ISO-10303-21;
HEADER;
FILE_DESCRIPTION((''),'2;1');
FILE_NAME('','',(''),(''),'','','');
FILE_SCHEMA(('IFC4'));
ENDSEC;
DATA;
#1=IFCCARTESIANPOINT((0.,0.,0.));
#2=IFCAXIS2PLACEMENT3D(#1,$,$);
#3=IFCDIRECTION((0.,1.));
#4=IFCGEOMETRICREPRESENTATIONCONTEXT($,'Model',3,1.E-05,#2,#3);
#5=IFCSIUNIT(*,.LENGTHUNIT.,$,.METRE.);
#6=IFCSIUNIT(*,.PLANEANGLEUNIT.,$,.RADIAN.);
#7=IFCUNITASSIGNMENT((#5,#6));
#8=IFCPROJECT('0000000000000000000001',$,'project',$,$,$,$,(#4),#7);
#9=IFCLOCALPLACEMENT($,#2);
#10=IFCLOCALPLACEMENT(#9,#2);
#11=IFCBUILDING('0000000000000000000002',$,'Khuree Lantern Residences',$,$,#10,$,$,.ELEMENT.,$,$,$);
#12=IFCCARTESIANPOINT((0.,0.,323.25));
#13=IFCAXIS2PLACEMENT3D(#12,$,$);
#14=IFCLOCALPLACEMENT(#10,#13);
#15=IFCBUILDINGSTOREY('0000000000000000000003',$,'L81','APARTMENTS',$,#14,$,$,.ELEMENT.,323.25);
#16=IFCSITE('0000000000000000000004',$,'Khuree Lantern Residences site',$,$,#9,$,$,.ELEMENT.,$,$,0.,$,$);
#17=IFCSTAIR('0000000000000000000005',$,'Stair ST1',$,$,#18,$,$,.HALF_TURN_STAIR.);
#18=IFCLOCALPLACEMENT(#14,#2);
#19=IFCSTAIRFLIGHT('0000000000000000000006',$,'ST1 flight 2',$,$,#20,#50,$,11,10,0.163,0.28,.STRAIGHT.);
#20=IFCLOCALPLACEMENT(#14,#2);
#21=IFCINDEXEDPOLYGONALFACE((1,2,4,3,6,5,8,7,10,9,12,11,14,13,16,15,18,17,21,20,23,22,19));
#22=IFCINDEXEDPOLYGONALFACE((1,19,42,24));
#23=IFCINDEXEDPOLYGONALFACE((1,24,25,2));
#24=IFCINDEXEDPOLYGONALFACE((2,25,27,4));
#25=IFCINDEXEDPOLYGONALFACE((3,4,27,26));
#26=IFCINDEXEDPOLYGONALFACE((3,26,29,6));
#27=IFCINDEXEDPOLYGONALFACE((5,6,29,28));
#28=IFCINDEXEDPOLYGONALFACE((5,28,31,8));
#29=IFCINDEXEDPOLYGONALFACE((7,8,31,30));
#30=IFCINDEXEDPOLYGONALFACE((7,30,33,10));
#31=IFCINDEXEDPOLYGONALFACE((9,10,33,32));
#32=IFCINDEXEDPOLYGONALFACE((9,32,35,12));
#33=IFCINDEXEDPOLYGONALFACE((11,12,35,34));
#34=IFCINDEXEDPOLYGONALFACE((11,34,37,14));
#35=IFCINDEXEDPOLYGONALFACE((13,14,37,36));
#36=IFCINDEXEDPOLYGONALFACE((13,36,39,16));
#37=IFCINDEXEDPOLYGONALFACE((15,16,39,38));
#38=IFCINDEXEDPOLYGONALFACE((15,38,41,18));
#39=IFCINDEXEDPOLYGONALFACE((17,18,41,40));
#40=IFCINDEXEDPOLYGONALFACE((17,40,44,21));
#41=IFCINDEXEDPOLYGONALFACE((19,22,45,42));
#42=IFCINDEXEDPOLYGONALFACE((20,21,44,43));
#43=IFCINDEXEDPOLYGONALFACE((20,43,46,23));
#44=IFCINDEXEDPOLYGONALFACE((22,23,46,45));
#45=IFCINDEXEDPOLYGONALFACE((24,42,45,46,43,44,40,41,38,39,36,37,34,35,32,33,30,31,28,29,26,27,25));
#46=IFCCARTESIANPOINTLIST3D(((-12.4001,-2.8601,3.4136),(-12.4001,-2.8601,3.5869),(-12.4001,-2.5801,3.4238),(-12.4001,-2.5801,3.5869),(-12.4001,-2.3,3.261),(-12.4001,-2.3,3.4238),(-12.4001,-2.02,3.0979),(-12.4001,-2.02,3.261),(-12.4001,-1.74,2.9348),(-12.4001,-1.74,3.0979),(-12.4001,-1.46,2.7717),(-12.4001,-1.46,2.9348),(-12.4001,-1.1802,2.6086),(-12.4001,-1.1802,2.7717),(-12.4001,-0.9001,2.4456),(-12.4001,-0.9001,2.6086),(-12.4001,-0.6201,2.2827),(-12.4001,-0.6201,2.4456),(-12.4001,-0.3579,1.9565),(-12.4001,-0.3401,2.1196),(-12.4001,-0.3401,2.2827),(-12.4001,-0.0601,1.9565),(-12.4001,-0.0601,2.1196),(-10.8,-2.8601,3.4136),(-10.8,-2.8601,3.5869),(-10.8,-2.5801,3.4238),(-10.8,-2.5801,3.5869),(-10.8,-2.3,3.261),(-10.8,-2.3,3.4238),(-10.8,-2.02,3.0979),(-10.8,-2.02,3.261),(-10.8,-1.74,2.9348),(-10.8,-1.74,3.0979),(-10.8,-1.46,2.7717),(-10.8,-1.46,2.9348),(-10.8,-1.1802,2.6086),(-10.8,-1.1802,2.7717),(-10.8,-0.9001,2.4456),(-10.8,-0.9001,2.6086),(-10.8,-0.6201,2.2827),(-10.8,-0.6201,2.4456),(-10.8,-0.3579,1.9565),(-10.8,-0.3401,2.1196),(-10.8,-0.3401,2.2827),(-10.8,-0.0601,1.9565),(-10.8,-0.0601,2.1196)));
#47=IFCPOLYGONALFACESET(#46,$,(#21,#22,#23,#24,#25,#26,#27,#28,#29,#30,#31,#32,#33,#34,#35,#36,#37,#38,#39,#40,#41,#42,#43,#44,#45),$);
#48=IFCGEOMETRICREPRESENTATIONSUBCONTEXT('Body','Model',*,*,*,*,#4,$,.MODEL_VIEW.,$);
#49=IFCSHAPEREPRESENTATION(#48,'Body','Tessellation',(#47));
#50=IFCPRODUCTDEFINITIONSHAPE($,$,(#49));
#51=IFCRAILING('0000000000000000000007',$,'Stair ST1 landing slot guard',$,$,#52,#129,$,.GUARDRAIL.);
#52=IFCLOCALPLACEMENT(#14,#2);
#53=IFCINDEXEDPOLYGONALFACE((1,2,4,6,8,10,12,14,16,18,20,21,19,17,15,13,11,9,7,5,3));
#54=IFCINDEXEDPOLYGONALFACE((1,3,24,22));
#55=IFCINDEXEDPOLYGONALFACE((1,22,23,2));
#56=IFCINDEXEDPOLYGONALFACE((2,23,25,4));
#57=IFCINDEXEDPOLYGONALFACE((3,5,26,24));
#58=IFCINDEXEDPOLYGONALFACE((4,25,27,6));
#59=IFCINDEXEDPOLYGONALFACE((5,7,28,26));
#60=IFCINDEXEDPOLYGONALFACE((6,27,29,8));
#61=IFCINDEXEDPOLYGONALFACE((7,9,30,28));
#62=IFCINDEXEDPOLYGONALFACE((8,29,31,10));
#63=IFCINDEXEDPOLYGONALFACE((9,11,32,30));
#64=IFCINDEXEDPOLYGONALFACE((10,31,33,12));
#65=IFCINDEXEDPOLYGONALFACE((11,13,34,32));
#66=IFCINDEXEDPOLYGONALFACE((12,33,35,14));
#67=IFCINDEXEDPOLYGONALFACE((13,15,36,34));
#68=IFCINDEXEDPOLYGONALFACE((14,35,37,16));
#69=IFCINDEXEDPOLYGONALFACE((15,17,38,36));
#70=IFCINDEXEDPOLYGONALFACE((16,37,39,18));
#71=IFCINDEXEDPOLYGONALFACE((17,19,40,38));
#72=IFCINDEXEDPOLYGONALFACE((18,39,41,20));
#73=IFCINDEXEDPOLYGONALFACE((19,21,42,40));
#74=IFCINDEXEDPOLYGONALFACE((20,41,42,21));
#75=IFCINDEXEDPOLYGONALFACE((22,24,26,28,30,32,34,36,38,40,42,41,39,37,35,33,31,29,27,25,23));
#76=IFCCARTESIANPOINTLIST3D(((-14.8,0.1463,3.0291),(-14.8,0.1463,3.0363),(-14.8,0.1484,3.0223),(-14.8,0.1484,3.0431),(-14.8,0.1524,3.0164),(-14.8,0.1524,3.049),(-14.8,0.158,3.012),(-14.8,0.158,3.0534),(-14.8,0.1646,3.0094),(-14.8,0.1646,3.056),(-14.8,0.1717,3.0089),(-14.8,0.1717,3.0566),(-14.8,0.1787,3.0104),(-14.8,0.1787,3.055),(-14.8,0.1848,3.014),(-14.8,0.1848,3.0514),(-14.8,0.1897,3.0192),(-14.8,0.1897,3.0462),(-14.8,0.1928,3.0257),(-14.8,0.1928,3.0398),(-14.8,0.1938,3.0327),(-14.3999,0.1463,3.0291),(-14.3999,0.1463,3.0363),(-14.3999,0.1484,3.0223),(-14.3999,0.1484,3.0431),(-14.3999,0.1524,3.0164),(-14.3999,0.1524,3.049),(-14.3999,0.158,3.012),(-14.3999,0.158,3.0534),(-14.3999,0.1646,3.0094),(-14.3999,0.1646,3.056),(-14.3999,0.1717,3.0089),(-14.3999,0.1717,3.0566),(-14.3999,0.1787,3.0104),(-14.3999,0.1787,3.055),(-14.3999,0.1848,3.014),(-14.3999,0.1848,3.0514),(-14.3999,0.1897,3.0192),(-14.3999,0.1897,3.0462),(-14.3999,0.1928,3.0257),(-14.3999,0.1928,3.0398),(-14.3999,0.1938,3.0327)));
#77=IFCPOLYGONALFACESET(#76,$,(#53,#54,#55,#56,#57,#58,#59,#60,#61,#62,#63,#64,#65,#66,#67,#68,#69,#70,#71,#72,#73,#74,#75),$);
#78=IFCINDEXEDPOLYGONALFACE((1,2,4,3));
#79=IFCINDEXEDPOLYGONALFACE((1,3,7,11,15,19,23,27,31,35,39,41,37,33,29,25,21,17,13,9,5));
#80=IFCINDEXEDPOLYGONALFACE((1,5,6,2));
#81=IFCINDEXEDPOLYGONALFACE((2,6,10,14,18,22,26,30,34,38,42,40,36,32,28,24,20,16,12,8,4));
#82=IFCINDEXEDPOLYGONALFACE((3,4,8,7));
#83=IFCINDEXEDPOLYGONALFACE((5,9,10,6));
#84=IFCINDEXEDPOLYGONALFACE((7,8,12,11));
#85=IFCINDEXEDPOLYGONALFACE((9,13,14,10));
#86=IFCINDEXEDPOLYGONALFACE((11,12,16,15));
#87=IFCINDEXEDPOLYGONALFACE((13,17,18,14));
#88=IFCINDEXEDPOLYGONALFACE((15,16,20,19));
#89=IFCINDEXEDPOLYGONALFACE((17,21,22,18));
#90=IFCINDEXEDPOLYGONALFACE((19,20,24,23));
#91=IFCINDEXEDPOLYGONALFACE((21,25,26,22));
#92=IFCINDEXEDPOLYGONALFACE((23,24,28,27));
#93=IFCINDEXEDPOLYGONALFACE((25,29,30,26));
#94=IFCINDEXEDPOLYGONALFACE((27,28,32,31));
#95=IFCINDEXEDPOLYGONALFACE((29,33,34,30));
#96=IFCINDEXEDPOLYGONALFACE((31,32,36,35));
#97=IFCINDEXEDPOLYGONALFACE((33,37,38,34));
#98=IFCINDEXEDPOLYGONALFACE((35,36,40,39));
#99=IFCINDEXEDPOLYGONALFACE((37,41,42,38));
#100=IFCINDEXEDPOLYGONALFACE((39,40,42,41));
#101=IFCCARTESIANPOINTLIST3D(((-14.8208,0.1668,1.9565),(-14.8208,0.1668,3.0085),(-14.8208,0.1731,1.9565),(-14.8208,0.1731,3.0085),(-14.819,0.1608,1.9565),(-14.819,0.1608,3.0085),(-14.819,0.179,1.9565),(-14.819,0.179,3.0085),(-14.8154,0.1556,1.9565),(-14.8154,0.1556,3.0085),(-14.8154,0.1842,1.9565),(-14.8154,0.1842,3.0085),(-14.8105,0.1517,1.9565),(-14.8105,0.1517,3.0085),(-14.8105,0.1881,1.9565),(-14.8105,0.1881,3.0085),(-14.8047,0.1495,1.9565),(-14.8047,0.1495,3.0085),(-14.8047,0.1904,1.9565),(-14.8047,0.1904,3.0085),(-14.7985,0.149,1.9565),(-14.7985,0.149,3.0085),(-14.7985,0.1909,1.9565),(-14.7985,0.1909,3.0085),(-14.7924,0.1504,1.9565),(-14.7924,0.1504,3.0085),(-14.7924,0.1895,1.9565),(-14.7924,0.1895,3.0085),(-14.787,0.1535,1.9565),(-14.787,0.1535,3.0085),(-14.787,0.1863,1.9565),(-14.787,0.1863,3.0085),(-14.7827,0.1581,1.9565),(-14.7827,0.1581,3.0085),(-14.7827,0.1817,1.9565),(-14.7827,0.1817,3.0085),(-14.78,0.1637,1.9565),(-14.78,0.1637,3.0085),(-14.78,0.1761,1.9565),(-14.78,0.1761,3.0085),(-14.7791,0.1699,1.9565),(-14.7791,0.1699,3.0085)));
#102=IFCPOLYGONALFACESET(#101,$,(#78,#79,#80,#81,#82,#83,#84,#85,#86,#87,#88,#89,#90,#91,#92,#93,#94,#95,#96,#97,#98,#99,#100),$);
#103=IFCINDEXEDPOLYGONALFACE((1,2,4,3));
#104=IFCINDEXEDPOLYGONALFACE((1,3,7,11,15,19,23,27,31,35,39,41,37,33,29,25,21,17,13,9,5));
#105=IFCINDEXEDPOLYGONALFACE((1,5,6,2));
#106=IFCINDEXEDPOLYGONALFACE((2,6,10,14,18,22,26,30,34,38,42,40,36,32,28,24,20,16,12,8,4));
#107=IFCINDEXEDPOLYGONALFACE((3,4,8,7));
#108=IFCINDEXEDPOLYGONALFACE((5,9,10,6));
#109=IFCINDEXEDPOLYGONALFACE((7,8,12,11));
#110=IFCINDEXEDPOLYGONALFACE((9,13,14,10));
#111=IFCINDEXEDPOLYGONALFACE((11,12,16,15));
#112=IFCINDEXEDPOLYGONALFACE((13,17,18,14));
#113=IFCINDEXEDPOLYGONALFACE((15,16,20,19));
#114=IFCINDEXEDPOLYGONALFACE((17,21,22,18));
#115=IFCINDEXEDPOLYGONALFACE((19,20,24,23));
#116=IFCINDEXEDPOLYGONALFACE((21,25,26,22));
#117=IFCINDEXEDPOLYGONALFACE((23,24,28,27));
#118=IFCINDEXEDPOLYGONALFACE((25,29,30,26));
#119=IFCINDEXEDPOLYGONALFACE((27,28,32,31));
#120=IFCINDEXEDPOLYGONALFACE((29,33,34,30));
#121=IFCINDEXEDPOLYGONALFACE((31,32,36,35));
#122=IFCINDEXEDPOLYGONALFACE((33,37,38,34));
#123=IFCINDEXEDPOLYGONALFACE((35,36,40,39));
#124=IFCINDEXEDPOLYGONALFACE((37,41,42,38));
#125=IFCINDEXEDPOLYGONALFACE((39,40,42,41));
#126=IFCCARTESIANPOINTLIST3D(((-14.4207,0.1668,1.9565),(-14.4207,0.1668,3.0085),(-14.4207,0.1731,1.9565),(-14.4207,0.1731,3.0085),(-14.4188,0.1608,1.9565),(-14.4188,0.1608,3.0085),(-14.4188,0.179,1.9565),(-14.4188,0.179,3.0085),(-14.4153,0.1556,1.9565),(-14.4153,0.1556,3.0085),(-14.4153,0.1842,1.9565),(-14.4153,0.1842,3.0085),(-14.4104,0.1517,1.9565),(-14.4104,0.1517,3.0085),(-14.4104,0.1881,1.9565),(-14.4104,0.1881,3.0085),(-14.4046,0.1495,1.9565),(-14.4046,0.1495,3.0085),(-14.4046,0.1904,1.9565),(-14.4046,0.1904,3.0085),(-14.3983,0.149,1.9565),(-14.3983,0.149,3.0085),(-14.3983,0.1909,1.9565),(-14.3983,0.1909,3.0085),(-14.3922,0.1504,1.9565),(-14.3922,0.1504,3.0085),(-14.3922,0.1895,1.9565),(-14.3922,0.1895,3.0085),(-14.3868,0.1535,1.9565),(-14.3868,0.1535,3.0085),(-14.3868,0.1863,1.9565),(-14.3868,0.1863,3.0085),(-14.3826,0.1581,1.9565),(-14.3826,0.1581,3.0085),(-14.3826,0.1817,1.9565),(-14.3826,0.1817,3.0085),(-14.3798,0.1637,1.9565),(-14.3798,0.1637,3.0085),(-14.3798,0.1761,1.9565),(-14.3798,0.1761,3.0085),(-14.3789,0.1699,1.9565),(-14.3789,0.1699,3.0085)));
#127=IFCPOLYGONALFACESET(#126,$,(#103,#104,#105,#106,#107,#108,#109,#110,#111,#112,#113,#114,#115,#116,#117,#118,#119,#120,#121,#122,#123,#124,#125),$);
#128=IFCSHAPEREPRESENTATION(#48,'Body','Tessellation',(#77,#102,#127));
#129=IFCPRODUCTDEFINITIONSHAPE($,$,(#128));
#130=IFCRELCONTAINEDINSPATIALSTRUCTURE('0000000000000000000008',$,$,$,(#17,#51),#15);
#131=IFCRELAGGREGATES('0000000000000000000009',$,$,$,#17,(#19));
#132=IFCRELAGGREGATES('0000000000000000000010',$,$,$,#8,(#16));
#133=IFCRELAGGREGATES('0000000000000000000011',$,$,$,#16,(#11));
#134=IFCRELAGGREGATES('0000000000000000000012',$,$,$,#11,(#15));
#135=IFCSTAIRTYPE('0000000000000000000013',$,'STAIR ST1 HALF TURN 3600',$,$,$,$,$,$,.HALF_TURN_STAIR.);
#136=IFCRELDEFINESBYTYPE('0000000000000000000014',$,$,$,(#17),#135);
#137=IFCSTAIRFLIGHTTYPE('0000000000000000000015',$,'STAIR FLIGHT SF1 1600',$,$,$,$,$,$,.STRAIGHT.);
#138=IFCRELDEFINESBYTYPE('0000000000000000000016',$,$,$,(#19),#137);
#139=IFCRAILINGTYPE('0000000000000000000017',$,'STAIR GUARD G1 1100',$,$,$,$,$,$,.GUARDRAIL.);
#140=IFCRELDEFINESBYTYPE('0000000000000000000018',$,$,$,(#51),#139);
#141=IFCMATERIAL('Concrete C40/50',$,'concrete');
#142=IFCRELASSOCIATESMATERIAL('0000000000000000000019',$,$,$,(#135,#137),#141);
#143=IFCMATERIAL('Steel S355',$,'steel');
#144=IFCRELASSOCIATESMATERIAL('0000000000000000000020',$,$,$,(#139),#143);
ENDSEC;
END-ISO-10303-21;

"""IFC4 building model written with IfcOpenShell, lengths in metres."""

from ifc_helpers import new_model, si_unit, direction, frame, origin, origin_2d, place, context, subcontext, project, spatial, polyline, circle, outline, extrude, material, type_object, element, aggregate, save


model = new_model("IFC4")

# Units and contexts
model_context = context("Model", 3, precision=1e-05, world=origin(), true_north=direction((0.0, 1.0)))
body_context = subcontext(model_context, "Body", "Model", "MODEL_VIEW")
ifc_project = project(units=[si_unit("LENGTHUNIT", "METRE"), si_unit("PLANEANGLEUNIT", "RADIAN")], contexts=[model_context])

# Site, building, storey
site_placement = place(None, origin())
site = spatial("IfcSite", under=ifc_project, at=site_placement, Name="Khuree Lantern Residences site", CompositionType="ELEMENT", RefElevation=0.0)
building_placement = place(site_placement, origin())
building = spatial("IfcBuilding", under=site, at=building_placement, Name="Khuree Lantern Residences", CompositionType="ELEMENT")
storey_placement = place(building_placement, frame((0.0, 0.0, 323.25)))
storey = spatial("IfcBuildingStorey", under=building, at=storey_placement, Name="L81", Description="APARTMENTS", CompositionType="ELEMENT", Elevation=323.25)

# Stair, stair flight
ifc_material_1 = material(Name="Concrete C40/50", Category="concrete")
stair_type = type_object("IfcStairType", Name="STAIR ST1 HALF TURN 3600", PredefinedType="HALF_TURN_STAIR", material=ifc_material_1)
stair_placement = place(storey_placement, origin())
stair = element("IfcStair", 1, at=stair_placement, inside=storey, type_object=stair_type, Name="Stair ST1", PredefinedType="HALF_TURN_STAIR")
stair_flight_type = type_object("IfcStairFlightType", Name="STAIR FLIGHT SF1 1600", PredefinedType="STRAIGHT", material=ifc_material_1)
stair_flight_placement = place(storey_placement, frame((-11.6001, -0.0601, 1.9565), z_axis=(0.0, 0.0, 1.0), x_axis=(0.0, -1.0, 0.0)))
stair_flight = element("IfcStairFlight", 2, at=stair_flight_placement, type_object=stair_flight_type, Name="ST1 flight 2", NumberOfRisers=11, NumberOfTreads=10, PredefinedType="STRAIGHT", RiserHeight=0.163, TreadLength=0.28, context=body_context, shape_type="SweptSolid", body=[
    extrude(outline(polyline([(0.0, 0.0), (0.0, 0.1631), (0.28, 0.1631), (0.28, 0.3262), (0.5601, 0.3262), (0.5601, 0.489), (0.8401, 0.489), (0.8401, 0.6521), (1.1201, 0.6521), (1.1201, 0.8152), (1.3999, 0.8152), (1.3999, 0.9783), (1.6799, 0.9783), (1.6799, 1.1414), (1.96, 1.1414), (1.96, 1.3044), (2.24, 1.3044), (2.24, 1.4673), (2.52, 1.4673), (2.52, 1.6304), (2.8, 1.6304), (2.8, 1.7935), (2.8, 1.457), (0.2979, 0.0), (0.0, 0.0)])), frame((0.0, 0.8, 0.0), z_axis=(0.0, -1.0, 0.0), x_axis=(1.0, 0.0, 0.0)), (0.0, 0.0, 1.0), 1.6001),
])
aggregate(stair, [stair_flight])

# Railing
ifc_material_2 = material(Name="Steel S355", Category="steel")
railing_type = type_object("IfcRailingType", Name="STAIR GUARD G1 1100", PredefinedType="GUARDRAIL", material=ifc_material_2)
railing_placement = place(storey_placement, frame((-14.8, 0.1699, 1.9565)))
element("IfcRailing", 3, at=railing_placement, inside=storey, type_object=railing_type, Name="Stair ST1 landing slot guard", PredefinedType="GUARDRAIL", context=body_context, shape_type="SweptSolid", body=[
    extrude(circle(Radius=0.0239, at=origin_2d()), frame((0.0, 0.0, 1.0762), z_axis=(1.0, 0.0, 0.0), x_axis=(0.0, 1.0, 0.0)), (0.0, 0.0, 1.0), 0.4001),
    extrude(circle(Radius=0.021, at=origin_2d()), origin(), (0.0, 0.0, 1.0), 1.052),
    extrude(circle(Radius=0.021, at=origin_2d()), frame((0.4001, 0.0, 0.0)), (0.0, 0.0, 1.0), 1.052),
])

save(model, "model.ifc")
